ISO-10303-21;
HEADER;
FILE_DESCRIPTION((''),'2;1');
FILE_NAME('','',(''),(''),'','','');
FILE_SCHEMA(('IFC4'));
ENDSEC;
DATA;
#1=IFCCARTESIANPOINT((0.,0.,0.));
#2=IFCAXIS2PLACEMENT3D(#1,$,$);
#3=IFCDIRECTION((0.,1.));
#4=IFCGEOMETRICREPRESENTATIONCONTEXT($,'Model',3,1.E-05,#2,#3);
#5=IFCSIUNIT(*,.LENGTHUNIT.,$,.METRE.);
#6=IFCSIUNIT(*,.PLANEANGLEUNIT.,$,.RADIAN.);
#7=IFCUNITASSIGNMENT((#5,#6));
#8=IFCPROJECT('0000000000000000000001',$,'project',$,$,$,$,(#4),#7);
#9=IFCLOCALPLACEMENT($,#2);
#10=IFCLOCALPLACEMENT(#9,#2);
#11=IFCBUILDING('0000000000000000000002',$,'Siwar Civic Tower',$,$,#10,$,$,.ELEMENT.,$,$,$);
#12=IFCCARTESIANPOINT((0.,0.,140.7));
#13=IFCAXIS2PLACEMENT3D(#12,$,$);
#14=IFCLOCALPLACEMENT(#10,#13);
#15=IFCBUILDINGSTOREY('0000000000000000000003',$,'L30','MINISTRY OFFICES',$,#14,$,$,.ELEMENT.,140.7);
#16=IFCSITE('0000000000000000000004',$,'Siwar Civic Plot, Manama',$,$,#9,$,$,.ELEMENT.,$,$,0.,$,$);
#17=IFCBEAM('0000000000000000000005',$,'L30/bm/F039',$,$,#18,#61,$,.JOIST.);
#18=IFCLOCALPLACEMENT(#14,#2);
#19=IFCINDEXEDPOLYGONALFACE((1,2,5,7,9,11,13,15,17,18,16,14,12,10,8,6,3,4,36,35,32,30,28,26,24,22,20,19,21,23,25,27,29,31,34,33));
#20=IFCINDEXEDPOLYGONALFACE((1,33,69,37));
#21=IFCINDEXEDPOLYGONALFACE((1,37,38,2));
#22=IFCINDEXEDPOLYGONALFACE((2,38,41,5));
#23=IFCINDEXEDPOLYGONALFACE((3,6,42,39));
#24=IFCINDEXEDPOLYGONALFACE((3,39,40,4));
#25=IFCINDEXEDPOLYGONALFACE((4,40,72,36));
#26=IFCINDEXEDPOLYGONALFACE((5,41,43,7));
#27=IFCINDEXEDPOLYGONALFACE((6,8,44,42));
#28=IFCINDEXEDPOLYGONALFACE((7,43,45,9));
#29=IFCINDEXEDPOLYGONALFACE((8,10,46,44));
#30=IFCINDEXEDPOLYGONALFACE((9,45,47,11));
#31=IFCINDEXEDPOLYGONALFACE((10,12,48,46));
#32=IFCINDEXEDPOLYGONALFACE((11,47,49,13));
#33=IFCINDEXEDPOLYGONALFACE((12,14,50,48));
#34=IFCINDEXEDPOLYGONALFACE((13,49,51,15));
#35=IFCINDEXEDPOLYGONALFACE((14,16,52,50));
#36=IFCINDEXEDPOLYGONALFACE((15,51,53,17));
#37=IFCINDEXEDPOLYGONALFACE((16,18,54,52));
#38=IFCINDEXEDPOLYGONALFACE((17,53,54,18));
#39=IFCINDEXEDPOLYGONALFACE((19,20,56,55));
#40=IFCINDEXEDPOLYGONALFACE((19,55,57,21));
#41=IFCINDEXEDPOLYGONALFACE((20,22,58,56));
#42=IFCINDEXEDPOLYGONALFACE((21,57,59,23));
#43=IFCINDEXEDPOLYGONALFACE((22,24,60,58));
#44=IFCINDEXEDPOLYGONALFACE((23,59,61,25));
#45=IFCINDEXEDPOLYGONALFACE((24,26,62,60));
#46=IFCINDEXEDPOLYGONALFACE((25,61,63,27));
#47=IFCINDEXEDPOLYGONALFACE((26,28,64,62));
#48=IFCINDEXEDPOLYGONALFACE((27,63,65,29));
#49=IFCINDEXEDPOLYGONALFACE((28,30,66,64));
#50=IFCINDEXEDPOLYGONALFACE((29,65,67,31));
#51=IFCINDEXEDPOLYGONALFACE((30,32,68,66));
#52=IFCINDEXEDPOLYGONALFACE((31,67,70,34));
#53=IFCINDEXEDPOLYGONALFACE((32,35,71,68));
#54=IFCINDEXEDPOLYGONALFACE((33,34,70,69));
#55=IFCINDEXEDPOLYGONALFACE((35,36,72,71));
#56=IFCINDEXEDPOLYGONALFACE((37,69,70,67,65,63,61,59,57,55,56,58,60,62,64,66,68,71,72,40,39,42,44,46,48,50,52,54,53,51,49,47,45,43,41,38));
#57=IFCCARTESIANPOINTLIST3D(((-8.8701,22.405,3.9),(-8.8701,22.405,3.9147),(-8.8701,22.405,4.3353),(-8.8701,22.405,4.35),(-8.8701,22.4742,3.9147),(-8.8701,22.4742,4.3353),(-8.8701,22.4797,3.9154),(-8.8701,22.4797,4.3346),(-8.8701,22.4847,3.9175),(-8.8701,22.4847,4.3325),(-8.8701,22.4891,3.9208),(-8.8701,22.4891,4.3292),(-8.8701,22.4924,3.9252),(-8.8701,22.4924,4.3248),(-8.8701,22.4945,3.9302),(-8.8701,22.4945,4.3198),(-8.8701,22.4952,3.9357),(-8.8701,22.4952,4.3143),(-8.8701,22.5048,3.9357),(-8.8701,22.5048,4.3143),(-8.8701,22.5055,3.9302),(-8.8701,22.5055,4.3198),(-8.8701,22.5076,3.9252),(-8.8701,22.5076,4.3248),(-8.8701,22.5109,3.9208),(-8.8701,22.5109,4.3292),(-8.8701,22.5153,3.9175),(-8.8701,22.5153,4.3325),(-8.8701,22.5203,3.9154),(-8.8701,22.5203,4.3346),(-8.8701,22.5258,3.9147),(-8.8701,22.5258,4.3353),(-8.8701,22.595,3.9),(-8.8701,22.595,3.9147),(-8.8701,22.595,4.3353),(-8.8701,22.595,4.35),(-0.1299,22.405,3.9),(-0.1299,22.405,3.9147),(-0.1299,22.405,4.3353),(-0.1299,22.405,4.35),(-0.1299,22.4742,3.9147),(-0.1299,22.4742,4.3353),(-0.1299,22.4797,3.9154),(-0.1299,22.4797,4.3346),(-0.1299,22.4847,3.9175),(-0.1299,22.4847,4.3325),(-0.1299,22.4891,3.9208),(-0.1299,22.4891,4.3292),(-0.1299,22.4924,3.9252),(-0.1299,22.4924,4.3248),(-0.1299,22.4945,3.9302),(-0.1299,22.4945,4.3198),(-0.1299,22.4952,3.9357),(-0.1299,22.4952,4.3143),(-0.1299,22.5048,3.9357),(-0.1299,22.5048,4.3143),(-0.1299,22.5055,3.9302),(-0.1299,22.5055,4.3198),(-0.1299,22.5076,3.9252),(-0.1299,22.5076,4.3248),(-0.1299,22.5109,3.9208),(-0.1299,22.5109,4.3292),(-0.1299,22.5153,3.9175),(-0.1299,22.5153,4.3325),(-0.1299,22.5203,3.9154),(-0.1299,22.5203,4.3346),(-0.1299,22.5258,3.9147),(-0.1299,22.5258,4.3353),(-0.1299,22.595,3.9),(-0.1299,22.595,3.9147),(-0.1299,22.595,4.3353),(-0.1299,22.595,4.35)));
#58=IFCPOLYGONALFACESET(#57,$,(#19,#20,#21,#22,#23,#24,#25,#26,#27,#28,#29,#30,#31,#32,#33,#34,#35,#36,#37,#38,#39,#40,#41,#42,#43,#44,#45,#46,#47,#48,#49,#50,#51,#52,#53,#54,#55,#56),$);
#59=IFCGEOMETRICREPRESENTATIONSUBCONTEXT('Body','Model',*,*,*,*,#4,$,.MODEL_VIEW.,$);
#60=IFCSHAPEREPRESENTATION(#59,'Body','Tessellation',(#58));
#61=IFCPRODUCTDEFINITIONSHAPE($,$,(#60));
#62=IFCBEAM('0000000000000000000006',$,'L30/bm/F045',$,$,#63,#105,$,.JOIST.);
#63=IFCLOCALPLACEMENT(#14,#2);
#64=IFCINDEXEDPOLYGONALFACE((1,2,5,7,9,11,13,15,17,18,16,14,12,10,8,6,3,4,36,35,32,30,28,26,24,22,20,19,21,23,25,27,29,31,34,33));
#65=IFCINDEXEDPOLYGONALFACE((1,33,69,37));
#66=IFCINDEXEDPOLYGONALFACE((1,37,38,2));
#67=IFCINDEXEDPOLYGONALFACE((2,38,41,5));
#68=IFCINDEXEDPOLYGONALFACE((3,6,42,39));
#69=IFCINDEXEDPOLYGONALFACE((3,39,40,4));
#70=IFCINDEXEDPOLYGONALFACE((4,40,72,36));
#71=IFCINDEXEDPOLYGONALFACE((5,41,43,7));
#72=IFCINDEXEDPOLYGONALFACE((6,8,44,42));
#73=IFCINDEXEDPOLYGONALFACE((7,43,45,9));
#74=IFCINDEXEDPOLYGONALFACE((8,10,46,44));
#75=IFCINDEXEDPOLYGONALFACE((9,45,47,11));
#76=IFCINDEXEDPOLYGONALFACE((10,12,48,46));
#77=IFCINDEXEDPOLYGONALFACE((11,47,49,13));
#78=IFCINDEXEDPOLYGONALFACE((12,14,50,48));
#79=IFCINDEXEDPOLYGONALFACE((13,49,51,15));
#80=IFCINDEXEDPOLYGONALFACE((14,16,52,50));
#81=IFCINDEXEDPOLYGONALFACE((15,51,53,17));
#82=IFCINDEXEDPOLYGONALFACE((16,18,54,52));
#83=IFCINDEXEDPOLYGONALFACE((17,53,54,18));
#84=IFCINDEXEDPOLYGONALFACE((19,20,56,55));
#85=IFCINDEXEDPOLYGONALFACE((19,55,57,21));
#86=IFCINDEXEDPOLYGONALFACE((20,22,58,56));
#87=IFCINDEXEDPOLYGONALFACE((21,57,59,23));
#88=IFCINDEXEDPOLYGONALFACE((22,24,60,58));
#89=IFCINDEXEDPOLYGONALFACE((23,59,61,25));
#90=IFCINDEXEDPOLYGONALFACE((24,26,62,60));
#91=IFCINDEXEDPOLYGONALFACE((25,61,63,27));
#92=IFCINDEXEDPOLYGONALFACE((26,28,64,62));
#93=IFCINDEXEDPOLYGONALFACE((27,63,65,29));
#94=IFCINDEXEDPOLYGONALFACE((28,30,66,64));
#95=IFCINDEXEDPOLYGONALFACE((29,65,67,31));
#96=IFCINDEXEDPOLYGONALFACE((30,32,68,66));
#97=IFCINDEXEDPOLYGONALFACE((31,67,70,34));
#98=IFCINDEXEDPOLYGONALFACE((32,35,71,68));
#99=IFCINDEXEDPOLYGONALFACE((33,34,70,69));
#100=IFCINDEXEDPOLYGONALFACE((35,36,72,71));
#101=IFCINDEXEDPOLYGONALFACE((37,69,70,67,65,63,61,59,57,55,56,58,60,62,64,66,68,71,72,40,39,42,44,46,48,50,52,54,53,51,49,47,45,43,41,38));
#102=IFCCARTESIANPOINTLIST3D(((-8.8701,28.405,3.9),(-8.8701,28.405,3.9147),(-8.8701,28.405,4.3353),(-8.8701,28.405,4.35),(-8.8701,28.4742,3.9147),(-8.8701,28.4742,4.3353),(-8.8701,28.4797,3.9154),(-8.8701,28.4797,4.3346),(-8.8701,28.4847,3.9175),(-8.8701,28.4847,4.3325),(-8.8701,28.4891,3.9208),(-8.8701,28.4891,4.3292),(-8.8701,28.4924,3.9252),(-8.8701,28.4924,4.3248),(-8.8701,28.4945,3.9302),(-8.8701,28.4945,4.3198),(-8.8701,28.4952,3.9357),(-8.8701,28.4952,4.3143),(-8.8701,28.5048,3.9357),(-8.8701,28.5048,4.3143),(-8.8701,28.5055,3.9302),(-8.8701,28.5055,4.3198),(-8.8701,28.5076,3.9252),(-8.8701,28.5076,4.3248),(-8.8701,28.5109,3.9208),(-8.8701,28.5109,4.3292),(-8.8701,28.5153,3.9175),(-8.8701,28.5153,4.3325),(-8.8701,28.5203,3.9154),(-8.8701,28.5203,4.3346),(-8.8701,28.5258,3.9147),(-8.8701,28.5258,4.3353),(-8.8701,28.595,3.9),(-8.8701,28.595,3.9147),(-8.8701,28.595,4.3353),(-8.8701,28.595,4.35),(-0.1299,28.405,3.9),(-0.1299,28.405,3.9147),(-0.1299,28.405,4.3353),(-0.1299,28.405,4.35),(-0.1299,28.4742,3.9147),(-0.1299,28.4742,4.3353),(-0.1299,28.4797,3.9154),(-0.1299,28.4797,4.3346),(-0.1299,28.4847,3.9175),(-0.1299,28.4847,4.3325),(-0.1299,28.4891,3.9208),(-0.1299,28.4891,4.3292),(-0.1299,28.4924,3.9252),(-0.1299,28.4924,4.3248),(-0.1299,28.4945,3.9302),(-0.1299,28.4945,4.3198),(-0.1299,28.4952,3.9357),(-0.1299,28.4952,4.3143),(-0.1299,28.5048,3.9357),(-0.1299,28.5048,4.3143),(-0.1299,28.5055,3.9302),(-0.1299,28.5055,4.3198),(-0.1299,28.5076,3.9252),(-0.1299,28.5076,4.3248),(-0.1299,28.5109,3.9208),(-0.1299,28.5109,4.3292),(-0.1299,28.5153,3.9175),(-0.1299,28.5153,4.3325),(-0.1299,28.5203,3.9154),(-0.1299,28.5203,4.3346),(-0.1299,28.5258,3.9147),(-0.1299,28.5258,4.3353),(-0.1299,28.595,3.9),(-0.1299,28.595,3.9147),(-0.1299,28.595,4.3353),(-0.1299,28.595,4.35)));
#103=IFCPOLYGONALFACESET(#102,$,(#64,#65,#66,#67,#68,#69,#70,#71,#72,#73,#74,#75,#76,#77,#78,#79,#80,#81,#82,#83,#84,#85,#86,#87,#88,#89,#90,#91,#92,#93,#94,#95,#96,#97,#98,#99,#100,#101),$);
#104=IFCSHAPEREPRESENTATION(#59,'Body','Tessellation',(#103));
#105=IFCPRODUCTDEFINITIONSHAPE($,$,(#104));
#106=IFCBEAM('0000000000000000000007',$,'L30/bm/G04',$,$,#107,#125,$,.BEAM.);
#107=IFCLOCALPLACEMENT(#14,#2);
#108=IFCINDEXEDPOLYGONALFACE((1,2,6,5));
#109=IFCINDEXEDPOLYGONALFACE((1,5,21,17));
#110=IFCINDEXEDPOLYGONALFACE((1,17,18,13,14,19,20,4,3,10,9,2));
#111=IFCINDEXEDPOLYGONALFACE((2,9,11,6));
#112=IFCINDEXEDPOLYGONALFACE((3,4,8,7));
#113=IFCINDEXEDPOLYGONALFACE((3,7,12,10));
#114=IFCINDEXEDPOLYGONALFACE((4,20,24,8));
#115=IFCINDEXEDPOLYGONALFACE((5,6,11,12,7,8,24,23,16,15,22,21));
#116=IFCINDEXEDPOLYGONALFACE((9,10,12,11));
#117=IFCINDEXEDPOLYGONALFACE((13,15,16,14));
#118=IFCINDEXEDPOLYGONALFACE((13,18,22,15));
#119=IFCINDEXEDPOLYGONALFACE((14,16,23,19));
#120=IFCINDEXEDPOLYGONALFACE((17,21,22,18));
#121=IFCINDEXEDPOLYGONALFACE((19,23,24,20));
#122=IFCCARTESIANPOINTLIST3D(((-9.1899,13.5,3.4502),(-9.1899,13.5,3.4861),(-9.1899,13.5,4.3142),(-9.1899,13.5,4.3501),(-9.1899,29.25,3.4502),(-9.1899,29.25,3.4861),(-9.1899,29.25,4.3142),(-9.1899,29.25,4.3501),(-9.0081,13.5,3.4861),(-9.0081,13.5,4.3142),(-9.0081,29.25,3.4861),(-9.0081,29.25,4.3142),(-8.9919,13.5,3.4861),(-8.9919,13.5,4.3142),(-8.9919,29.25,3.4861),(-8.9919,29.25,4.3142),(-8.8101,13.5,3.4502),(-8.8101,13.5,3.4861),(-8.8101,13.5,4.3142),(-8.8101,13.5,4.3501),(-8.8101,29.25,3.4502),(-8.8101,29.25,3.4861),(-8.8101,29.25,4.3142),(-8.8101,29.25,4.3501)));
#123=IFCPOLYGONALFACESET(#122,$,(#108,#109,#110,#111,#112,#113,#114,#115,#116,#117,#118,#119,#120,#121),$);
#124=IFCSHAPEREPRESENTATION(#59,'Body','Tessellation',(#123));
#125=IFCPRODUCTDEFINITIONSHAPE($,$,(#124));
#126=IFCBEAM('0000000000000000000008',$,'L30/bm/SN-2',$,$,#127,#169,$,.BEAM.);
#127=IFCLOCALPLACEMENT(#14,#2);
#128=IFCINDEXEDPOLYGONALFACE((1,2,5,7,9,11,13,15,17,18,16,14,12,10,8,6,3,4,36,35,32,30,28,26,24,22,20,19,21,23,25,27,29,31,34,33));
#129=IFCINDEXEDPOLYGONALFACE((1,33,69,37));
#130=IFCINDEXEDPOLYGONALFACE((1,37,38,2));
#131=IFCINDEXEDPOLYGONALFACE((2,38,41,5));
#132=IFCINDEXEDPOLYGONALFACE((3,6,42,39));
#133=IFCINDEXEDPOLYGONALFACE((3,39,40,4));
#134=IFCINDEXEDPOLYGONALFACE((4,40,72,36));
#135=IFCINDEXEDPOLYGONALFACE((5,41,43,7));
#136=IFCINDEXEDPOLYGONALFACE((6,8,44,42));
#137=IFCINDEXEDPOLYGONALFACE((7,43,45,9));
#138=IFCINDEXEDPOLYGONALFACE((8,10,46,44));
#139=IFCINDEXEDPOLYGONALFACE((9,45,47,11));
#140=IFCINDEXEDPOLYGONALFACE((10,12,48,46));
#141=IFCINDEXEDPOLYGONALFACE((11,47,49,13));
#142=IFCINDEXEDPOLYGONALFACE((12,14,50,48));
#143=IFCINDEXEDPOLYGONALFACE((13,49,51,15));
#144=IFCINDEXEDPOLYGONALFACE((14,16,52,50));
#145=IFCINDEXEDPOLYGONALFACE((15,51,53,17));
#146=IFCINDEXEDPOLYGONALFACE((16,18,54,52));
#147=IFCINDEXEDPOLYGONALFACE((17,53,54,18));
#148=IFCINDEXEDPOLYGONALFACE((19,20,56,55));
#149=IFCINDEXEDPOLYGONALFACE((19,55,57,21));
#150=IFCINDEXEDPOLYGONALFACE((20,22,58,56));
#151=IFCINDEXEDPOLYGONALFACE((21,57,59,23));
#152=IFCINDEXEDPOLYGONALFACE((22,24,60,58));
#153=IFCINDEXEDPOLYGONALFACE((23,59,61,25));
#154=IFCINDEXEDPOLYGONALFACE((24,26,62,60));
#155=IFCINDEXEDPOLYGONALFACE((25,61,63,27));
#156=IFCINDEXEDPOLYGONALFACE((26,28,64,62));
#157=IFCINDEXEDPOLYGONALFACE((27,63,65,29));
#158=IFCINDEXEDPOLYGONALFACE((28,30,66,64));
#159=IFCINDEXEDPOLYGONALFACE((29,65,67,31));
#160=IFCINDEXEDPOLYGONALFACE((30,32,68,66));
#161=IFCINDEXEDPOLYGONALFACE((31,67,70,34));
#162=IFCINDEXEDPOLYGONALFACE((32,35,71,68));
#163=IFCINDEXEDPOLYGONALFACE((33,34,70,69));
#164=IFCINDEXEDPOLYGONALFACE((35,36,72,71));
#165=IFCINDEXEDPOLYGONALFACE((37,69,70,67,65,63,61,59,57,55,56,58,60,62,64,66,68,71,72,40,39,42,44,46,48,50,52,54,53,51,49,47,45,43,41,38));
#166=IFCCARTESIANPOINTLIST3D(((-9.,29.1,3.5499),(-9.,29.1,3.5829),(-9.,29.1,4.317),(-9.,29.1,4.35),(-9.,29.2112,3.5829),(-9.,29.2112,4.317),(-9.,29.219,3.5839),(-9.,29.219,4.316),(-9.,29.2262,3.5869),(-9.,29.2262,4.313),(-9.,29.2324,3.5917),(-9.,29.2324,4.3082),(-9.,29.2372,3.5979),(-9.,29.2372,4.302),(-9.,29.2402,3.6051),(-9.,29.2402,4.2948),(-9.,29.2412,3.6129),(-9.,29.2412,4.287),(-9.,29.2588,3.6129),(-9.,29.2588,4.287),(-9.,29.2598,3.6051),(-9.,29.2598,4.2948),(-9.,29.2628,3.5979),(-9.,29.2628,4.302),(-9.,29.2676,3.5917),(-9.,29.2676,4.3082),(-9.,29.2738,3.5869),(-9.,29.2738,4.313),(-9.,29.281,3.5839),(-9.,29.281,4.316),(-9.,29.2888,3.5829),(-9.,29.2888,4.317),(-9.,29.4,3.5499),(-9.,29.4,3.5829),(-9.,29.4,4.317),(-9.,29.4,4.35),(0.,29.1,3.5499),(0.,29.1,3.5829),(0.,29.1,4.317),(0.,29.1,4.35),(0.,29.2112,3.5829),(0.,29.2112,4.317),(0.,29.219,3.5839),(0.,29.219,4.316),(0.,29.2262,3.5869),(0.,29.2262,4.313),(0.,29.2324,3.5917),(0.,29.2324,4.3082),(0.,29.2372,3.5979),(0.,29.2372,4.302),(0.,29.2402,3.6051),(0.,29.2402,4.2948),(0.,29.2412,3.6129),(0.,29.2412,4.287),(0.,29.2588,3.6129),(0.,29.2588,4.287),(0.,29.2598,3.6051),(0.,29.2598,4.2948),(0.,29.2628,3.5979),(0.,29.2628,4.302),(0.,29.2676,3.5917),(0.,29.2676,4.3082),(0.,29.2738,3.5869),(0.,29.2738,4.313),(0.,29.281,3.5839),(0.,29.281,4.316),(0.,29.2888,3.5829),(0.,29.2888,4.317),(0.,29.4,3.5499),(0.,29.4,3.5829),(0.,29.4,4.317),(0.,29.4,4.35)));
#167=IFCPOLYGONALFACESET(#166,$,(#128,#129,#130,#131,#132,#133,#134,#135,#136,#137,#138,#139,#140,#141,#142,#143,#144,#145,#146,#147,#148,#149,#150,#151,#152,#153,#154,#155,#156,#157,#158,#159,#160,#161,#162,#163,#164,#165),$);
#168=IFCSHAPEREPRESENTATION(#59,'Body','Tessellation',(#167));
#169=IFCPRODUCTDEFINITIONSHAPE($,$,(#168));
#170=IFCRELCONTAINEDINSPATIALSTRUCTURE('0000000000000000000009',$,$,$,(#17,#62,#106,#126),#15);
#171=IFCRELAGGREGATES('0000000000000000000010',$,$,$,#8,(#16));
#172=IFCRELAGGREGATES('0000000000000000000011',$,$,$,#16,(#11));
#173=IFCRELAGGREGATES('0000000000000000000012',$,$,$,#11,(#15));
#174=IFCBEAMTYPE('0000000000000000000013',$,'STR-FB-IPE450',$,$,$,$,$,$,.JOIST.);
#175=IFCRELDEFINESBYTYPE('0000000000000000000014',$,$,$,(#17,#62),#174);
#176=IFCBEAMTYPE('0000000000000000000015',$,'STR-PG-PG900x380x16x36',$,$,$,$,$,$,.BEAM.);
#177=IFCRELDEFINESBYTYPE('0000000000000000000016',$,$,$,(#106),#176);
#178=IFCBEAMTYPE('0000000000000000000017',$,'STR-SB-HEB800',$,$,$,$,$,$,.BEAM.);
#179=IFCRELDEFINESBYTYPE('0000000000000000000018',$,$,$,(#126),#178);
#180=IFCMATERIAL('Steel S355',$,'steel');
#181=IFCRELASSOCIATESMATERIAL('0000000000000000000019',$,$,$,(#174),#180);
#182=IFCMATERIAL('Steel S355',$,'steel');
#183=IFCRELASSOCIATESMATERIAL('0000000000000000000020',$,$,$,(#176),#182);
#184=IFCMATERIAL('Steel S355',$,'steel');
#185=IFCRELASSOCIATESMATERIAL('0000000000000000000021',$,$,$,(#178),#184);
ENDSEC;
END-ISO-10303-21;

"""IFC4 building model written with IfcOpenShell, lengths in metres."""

from ifc_helpers import new_model, si_unit, direction, frame, origin, origin_2d, place, context, subcontext, project, spatial, i_section, extrude, material, material_profile, profile_set, type_object, element, save


model = new_model("IFC4")

# Units and contexts
model_context = context("Model", 3, precision=1e-05, world=origin(), true_north=direction((0.0, 1.0)))
body_context = subcontext(model_context, "Body", "Model", "MODEL_VIEW")
ifc_project = project(units=[si_unit("LENGTHUNIT", "METRE"), si_unit("PLANEANGLEUNIT", "RADIAN")], contexts=[model_context])

# Site, building, storey
site_placement = place(None, origin())
site = spatial("IfcSite", under=ifc_project, at=site_placement, Name="Siwar Civic Plot, Manama", CompositionType="ELEMENT", RefElevation=0.0)
building_placement = place(site_placement, origin())
building = spatial("IfcBuilding", under=site, at=building_placement, Name="Siwar Civic Tower", CompositionType="ELEMENT")
storey_placement = place(building_placement, frame((0.0, 0.0, 140.7)))
storey = spatial("IfcBuildingStorey", under=building, at=storey_placement, Name="L30", Description="MINISTRY OFFICES", CompositionType="ELEMENT", Elevation=140.7)

# Beams
ifc_material_1 = material(Name="Steel S355", Category="steel")
ifc_material_profile_1 = material_profile(ifc_material_1, i_section(OverallWidth=0.1899, OverallDepth=0.45, WebThickness=0.0095, FlangeThickness=0.0146, FilletRadius=0.021, at=origin_2d()), Name="IPE450")
ifc_profile_set_1 = profile_set([ifc_material_profile_1], Name="Steel S355")
beam_type_1 = type_object("IfcBeamType", Name="STR-FB-IPE450", PredefinedType="JOIST", material=ifc_profile_set_1)
for number, where, z_axis, x_axis, name in (
    (1, (-8.8701, 22.5, 4.125), (1.0, 0.0, 0.0), (0.0, 1.0, 0.0), "L30/bm/F039"),
    (2, (-8.8701, 28.5, 4.125), (1.0, 0.0, 0.0), (0.0, 1.0, 0.0), "L30/bm/F045"),
):
    element("IfcBeam", number, at=place(storey_placement, frame(where, z_axis=z_axis, x_axis=x_axis)), inside=storey, type_object=beam_type_1, Name=name, PredefinedType="JOIST", context=body_context, shape_type="SweptSolid", body=[
        extrude(i_section(OverallWidth=0.1899, OverallDepth=0.45, WebThickness=0.0095, FlangeThickness=0.0146, FilletRadius=0.021, at=origin_2d()), origin(), (0.0, 0.0, 1.0), 8.7402),
    ])
ifc_material_2 = material(Name="Steel S355", Category="steel")
ifc_material_profile_2 = material_profile(ifc_material_2, i_section(OverallWidth=0.3799, OverallDepth=0.8999, WebThickness=0.0161, FlangeThickness=0.0359, at=origin_2d()), Name="PG900x380x16x36")
ifc_profile_set_2 = profile_set([ifc_material_profile_2], Name="Steel S355")
beam_type_2 = type_object("IfcBeamType", Name="STR-PG-PG900x380x16x36", PredefinedType="BEAM", material=ifc_profile_set_2)
beam_1_placement = place(storey_placement, frame((-9.0, 13.5, 3.9001), z_axis=(0.0, 1.0, 0.0), x_axis=(-1.0, 0.0, 0.0)))
element("IfcBeam", 3, at=beam_1_placement, inside=storey, type_object=beam_type_2, Name="L30/bm/G04", PredefinedType="BEAM", context=body_context, shape_type="SweptSolid", body=[
    extrude(i_section(OverallWidth=0.3799, OverallDepth=0.8999, WebThickness=0.0161, FlangeThickness=0.0359, at=origin_2d()), origin(), (0.0, 0.0, 1.0), 15.75),
])
ifc_material_3 = material(Name="Steel S355", Category="steel")
ifc_material_profile_3 = material_profile(ifc_material_3, i_section(OverallWidth=0.3, OverallDepth=0.8, WebThickness=0.0176, FlangeThickness=0.033, FilletRadius=0.03, at=origin_2d()), Name="HEB800")
ifc_profile_set_3 = profile_set([ifc_material_profile_3], Name="Steel S355")
beam_type_3 = type_object("IfcBeamType", Name="STR-SB-HEB800", PredefinedType="BEAM", material=ifc_profile_set_3)
for number, where, z_axis, x_axis, name in (
    (4, (0.0, 29.25, 3.95), (-1.0, 0.0, 0.0), (0.0, -1.0, 0.0), "L30/bm/SN-2"),
):
    element("IfcBeam", number, at=place(storey_placement, frame(where, z_axis=z_axis, x_axis=x_axis)), inside=storey, type_object=beam_type_3, Name=name, PredefinedType="BEAM", context=body_context, shape_type="SweptSolid", body=[
        extrude(i_section(OverallWidth=0.3, OverallDepth=0.8, WebThickness=0.0176, FlangeThickness=0.033, FilletRadius=0.03, at=origin_2d()), origin(), (0.0, 0.0, 1.0), 9.0),
    ])

save(model, "model.ifc")
